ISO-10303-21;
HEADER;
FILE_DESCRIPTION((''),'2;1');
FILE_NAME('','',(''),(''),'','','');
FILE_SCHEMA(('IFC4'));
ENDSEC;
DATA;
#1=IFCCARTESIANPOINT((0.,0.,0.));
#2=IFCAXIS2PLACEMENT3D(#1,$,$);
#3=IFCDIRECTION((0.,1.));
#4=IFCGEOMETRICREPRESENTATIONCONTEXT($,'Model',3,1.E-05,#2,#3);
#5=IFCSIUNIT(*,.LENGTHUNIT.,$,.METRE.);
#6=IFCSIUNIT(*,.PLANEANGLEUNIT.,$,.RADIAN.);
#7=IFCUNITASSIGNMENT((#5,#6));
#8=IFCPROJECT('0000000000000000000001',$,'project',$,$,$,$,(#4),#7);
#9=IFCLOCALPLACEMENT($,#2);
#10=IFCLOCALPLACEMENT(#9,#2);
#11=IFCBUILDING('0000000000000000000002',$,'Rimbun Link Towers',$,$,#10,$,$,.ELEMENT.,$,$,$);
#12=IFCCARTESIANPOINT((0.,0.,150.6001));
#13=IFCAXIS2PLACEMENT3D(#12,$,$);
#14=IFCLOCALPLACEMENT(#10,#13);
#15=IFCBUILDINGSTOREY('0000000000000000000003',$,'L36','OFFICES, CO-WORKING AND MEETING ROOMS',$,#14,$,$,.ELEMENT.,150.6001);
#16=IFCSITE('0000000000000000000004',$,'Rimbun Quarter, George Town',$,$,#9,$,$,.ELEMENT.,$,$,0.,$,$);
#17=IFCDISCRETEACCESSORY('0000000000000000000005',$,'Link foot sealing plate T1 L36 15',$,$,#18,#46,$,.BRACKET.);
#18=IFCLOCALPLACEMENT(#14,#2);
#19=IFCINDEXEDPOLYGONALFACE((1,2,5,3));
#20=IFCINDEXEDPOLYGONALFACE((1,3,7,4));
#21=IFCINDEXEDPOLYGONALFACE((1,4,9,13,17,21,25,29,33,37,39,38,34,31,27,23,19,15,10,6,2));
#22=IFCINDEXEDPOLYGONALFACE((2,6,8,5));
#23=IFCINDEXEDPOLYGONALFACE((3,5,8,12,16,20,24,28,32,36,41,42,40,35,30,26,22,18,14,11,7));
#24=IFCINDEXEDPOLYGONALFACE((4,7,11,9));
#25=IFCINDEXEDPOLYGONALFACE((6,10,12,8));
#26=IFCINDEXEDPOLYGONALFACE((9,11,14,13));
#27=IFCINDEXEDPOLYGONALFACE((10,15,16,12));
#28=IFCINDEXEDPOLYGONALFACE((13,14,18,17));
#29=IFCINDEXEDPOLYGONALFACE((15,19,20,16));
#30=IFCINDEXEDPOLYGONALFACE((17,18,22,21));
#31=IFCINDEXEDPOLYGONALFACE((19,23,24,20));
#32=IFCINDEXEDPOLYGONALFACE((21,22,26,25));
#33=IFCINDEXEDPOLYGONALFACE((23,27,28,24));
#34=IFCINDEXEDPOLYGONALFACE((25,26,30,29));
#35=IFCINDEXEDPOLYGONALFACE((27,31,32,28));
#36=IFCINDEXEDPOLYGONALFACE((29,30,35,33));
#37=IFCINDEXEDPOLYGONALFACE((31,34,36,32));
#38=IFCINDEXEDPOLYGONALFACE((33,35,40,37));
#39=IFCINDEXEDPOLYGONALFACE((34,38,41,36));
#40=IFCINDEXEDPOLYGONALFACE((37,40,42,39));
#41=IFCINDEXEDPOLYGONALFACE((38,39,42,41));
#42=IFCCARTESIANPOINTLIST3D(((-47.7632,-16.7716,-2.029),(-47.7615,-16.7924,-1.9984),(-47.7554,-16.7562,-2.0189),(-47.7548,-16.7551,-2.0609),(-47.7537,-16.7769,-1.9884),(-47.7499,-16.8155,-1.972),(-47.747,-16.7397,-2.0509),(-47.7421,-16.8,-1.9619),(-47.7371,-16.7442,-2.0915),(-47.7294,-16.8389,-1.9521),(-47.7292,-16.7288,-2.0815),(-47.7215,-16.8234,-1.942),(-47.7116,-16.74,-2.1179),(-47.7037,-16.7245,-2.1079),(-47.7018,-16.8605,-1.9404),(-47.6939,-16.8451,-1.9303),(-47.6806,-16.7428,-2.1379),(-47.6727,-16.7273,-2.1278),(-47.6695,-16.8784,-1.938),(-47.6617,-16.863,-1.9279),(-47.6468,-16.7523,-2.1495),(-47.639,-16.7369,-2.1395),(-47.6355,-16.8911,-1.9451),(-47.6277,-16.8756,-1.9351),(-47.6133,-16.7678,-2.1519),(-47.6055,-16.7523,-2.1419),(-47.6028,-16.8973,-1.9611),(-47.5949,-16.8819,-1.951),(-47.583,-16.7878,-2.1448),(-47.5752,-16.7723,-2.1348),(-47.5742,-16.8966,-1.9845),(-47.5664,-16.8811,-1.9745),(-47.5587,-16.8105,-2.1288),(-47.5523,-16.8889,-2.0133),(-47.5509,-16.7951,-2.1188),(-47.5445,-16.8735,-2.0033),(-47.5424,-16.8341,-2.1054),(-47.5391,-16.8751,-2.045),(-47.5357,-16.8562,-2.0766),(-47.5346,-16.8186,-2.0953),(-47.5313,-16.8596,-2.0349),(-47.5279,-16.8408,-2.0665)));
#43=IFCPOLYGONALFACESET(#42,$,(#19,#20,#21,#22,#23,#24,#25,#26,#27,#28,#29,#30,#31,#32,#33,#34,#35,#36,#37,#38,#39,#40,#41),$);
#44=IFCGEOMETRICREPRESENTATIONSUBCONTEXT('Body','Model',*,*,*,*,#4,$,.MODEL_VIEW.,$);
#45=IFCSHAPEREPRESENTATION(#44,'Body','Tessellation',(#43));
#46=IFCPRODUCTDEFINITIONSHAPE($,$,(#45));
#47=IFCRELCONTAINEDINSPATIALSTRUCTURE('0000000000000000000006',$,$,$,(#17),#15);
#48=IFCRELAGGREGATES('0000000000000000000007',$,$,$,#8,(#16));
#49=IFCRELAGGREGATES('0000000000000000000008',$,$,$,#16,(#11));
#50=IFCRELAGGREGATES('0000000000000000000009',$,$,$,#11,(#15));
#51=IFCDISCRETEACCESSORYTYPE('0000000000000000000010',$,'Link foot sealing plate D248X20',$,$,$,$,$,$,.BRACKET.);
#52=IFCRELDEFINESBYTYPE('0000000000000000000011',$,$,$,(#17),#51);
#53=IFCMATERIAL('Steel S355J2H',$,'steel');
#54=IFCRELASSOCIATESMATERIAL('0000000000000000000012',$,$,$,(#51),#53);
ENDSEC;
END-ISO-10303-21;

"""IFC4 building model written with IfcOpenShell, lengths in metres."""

from ifc_helpers import new_model, si_unit, direction, frame, origin, origin_2d, place, context, subcontext, project, spatial, circle, extrude, material, material_profile, profile_set, type_object, element, save


model = new_model("IFC4")

# Units and contexts
model_context = context("Model", 3, precision=1e-05, world=origin(), true_north=direction((0.0, 1.0)))
body_context = subcontext(model_context, "Body", "Model", "MODEL_VIEW")
ifc_project = project(units=[si_unit("LENGTHUNIT", "METRE"), si_unit("PLANEANGLEUNIT", "RADIAN")], contexts=[model_context])

# Site, building, storey
site_placement = place(None, origin())
site = spatial("IfcSite", under=ifc_project, at=site_placement, Name="Rimbun Quarter, George Town", CompositionType="ELEMENT", RefElevation=0.0)
building_placement = place(site_placement, origin())
building = spatial("IfcBuilding", under=site, at=building_placement, Name="Rimbun Link Towers", CompositionType="ELEMENT")
storey_placement = place(building_placement, frame((0.0, 0.0, 150.6001)))
storey = spatial("IfcBuildingStorey", under=building, at=storey_placement, Name="L36", Description="OFFICES, CO-WORKING AND MEETING ROOMS", CompositionType="ELEMENT", Elevation=150.6001)

# Discrete accessory
ifc_material_1 = material(Name="Steel S355J2H", Category="steel")
ifc_material_profile_1 = material_profile(ifc_material_1, circle(Radius=0.124, at=origin_2d()), Name="PL D248")
ifc_profile_set_1 = profile_set([ifc_material_profile_1], Name="Steel S355J2H")
discrete_accessory_type = type_object("IfcDiscreteAccessoryType", Name="Link foot sealing plate D248X20", PredefinedType="BRACKET", material=ifc_profile_set_1)
discrete_accessory_placement = place(storey_placement, frame((-47.6418, -16.8035, -2.0349), z_axis=(-0.391703, -0.771165, -0.501869), x_axis=(0.891579, -0.452865, 0.0)))
element("IfcDiscreteAccessory", 1, at=discrete_accessory_placement, inside=storey, type_object=discrete_accessory_type, Name="Link foot sealing plate T1 L36 15", PredefinedType="BRACKET", context=body_context, shape_type="SweptSolid", body=[
    extrude(circle(Radius=0.124, at=origin_2d()), origin(), (0.0, 0.0, 1.0), 0.02),
])

save(model, "model.ifc")
